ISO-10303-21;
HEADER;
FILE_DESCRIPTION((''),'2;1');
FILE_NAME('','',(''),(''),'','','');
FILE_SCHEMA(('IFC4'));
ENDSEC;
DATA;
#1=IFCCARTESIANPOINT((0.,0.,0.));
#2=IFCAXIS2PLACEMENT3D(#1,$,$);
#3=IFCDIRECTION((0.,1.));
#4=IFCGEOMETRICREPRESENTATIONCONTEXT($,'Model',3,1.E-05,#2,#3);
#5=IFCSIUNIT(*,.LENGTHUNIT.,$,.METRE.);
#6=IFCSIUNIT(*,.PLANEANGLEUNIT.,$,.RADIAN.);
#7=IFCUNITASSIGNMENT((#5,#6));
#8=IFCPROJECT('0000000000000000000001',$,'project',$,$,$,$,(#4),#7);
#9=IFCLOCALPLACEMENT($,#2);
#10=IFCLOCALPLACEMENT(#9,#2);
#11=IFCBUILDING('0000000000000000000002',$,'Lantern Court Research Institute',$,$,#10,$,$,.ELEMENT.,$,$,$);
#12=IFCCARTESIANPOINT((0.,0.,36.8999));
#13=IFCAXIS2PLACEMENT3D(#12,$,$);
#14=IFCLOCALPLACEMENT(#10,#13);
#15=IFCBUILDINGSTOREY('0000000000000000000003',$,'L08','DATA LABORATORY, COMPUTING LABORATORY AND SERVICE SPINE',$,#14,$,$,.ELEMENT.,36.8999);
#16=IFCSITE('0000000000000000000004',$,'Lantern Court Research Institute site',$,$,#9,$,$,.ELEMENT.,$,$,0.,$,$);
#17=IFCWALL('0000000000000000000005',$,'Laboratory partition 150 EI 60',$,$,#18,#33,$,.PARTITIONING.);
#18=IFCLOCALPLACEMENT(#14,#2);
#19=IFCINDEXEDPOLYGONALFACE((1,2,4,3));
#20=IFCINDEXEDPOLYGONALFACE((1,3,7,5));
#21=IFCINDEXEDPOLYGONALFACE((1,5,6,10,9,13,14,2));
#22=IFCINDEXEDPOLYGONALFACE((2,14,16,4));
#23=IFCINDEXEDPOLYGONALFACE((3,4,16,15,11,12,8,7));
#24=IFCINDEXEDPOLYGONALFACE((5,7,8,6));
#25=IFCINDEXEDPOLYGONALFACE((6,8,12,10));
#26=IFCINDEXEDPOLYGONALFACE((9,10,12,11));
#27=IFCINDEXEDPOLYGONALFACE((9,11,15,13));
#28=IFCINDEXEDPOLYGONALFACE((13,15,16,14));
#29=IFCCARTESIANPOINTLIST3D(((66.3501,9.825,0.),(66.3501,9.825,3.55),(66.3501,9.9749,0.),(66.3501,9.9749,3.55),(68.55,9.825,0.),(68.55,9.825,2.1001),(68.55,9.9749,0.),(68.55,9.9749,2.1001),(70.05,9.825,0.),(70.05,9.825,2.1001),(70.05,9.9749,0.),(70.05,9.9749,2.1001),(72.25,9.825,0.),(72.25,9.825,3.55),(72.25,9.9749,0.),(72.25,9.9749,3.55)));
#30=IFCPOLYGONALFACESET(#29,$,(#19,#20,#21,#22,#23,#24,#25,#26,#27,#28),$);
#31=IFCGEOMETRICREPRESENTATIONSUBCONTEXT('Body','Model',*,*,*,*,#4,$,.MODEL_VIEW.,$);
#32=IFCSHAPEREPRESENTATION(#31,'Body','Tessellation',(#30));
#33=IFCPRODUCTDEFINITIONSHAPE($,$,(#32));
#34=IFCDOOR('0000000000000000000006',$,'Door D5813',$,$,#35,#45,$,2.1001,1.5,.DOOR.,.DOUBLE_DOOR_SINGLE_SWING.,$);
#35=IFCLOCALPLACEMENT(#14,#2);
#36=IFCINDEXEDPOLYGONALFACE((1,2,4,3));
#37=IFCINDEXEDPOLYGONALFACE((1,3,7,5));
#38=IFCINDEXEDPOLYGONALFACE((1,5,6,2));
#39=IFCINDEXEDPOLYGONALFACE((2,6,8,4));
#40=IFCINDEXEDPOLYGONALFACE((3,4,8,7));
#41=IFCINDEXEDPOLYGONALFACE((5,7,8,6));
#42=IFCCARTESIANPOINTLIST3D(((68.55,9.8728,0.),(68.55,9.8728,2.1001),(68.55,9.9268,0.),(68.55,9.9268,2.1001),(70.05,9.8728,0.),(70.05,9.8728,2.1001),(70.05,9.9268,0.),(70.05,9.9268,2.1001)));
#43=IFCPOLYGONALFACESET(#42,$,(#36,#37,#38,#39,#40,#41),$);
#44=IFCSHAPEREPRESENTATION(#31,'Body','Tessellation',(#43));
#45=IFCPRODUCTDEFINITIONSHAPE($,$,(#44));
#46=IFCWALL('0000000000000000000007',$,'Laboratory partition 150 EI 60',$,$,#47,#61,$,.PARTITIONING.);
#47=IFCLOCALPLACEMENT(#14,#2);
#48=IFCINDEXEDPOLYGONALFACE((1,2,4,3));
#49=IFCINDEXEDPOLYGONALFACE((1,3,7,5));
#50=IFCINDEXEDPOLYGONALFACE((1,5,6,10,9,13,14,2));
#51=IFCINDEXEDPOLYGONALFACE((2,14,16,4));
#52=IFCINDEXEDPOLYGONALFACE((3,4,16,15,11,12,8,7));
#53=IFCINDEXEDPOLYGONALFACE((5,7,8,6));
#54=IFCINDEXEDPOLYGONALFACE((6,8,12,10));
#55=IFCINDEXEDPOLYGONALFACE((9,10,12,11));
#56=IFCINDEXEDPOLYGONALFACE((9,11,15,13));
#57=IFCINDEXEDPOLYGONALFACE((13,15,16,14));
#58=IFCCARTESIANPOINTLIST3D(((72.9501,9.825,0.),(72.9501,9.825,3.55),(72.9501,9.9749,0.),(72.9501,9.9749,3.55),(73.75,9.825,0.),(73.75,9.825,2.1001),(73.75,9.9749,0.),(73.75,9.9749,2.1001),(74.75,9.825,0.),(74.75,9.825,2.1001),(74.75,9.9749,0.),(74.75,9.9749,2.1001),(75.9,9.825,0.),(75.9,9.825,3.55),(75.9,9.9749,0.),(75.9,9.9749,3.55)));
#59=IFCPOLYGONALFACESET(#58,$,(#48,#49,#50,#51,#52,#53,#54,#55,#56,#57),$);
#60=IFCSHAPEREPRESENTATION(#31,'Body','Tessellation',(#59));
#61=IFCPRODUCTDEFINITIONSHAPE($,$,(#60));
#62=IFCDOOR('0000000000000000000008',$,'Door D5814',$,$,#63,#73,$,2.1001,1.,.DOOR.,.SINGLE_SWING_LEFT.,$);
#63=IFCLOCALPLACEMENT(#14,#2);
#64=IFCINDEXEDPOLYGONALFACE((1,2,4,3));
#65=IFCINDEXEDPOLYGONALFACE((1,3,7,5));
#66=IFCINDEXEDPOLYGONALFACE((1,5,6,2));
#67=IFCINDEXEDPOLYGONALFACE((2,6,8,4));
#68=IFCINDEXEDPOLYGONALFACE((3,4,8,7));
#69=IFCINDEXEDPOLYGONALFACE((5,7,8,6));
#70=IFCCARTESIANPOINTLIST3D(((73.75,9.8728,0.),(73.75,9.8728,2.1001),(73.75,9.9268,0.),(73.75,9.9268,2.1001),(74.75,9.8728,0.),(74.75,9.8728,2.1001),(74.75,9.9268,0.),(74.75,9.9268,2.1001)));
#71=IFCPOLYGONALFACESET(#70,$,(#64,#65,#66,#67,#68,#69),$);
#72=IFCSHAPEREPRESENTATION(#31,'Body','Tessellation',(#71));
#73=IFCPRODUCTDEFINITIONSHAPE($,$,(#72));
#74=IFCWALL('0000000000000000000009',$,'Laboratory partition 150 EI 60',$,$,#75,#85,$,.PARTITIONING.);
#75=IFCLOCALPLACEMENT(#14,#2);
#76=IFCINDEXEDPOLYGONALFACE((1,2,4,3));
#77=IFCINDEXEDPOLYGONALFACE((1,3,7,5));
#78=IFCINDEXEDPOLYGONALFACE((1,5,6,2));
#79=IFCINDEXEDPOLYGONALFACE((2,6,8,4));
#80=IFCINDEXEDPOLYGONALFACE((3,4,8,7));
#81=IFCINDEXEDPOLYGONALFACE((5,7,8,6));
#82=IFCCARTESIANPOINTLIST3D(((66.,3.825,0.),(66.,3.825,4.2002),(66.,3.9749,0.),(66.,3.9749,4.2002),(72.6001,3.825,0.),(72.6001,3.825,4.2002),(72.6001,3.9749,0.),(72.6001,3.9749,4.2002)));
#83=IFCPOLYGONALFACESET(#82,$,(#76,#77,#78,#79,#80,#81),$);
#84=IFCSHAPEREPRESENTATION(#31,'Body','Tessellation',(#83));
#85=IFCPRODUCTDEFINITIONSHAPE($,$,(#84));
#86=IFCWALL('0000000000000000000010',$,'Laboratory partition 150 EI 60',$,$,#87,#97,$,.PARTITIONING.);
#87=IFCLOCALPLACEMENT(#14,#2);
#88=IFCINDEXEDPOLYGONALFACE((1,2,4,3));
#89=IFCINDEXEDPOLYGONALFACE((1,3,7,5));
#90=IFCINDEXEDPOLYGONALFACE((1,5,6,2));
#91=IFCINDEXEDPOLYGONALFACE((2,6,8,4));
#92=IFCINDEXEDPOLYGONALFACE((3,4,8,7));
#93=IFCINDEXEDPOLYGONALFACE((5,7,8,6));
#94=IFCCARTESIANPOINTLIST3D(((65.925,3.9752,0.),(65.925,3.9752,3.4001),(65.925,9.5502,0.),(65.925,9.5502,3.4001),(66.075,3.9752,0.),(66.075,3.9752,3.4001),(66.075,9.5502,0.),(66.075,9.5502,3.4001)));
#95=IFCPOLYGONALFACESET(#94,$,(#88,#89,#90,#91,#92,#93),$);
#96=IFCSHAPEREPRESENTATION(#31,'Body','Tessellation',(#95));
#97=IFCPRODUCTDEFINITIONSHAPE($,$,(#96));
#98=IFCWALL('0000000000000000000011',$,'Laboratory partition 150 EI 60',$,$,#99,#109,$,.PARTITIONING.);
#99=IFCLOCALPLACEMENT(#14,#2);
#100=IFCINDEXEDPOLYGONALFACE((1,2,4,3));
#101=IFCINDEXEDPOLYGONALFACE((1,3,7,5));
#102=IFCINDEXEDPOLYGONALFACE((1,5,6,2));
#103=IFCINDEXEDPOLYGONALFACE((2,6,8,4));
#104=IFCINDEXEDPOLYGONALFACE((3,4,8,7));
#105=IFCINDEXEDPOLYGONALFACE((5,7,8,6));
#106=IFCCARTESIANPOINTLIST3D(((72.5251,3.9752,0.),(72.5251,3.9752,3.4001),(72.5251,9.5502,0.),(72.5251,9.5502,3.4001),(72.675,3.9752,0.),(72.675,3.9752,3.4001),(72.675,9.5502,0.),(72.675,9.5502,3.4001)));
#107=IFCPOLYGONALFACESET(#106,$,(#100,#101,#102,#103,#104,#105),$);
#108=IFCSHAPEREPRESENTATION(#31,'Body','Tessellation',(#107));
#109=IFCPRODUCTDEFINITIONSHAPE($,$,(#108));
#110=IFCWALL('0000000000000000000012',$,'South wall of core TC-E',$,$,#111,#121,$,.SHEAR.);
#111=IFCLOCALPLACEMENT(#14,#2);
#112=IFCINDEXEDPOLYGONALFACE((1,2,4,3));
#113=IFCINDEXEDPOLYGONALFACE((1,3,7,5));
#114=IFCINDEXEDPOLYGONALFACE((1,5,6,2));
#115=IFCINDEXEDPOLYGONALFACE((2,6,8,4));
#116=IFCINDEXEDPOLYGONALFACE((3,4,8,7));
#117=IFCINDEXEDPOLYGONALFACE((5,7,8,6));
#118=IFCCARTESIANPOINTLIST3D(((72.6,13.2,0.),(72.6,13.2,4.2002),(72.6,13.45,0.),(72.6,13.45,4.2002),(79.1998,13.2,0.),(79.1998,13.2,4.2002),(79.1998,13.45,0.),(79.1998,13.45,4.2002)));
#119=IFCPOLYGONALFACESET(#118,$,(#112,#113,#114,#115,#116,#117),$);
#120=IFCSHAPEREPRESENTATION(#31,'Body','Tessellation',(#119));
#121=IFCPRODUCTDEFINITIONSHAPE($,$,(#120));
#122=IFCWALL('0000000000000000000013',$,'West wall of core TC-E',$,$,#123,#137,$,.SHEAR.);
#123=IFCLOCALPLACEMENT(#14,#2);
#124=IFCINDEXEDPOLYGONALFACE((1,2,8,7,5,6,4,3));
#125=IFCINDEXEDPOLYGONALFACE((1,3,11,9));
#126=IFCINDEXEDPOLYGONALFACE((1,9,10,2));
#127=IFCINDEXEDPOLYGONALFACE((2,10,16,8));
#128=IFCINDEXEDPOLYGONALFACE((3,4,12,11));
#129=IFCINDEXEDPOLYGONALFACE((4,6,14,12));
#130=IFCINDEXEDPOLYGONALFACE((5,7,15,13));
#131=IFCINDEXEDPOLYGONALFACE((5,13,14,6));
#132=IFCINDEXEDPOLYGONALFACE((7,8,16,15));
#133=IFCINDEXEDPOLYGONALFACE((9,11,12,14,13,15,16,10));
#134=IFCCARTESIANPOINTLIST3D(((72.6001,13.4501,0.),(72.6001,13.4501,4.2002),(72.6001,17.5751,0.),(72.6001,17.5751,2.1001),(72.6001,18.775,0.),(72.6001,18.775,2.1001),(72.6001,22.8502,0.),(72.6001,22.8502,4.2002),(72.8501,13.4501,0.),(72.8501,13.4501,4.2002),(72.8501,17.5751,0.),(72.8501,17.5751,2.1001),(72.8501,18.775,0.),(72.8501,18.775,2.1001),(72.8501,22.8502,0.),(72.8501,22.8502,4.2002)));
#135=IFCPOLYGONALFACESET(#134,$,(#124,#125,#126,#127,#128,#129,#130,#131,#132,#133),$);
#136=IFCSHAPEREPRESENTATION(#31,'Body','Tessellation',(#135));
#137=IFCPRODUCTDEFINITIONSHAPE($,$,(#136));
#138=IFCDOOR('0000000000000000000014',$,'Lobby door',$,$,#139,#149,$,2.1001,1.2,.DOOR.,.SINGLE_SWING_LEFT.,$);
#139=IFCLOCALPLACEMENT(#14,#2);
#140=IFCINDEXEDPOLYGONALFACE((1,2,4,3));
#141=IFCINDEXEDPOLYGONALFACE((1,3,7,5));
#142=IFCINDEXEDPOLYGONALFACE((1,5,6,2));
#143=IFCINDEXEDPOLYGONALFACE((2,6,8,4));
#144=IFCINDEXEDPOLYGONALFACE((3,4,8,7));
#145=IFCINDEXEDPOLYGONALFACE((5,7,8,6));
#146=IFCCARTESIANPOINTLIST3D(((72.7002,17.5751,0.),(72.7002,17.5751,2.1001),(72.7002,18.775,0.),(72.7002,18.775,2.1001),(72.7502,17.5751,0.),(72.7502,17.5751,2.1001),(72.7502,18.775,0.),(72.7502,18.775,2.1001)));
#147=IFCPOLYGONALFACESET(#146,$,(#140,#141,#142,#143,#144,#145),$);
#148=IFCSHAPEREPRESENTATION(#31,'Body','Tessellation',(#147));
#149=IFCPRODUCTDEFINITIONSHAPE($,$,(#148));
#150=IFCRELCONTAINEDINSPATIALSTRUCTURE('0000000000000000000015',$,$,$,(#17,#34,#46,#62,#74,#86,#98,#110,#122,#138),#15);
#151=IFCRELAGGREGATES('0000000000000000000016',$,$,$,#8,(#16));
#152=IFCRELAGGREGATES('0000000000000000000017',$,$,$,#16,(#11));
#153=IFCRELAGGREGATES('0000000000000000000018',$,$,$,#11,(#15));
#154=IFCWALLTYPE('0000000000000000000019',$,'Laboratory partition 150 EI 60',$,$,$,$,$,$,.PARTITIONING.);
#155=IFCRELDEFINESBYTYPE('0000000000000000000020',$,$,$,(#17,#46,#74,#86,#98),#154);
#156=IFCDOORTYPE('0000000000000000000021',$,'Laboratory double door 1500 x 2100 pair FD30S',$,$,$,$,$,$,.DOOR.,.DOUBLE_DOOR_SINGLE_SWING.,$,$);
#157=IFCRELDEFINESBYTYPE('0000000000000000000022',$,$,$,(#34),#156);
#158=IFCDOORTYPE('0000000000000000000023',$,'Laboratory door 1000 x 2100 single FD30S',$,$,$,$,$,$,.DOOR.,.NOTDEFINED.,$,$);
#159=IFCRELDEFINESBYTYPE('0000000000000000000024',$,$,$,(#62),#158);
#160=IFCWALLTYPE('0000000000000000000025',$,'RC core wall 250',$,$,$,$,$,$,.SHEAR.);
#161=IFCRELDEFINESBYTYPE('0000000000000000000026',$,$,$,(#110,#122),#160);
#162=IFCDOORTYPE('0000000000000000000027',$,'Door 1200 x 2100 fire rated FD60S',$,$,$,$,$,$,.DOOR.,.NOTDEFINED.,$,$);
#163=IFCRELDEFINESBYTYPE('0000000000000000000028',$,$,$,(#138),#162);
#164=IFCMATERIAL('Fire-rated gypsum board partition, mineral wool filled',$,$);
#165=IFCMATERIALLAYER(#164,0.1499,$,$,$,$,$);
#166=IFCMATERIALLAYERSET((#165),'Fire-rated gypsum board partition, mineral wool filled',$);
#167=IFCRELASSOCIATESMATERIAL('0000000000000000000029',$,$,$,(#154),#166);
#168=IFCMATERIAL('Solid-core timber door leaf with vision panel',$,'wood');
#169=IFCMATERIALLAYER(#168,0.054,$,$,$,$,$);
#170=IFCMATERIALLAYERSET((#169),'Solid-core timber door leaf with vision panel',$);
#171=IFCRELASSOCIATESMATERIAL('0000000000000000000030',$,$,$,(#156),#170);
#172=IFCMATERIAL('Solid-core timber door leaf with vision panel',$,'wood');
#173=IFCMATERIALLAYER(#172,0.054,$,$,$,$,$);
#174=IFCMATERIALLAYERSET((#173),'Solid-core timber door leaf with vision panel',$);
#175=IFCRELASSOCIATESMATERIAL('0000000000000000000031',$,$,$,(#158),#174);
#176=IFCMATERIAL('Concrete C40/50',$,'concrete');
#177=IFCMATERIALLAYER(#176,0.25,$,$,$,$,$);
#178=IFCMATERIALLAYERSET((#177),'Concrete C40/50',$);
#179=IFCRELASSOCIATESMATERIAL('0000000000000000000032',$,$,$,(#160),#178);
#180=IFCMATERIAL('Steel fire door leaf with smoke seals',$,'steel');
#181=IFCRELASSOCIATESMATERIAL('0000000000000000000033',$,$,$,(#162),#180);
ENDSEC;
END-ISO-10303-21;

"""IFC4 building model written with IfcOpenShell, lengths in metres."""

from ifc_helpers import new_model, si_unit, direction, frame, frame_2d, origin, place, context, subcontext, project, spatial, rectangle, extrude, material, layer, layer_set, type_object, element, fill, save


model = new_model("IFC4")

# Units and contexts
model_context = context("Model", 3, precision=1e-05, world=origin(), true_north=direction((0.0, 1.0)))
body_context = subcontext(model_context, "Body", "Model", "MODEL_VIEW")
ifc_project = project(units=[si_unit("LENGTHUNIT", "METRE"), si_unit("PLANEANGLEUNIT", "RADIAN")], contexts=[model_context])

# Site, building, storey
site_placement = place(None, origin())
site = spatial("IfcSite", under=ifc_project, at=site_placement, Name="Lantern Court Research Institute site", CompositionType="ELEMENT", RefElevation=0.0)
building_placement = place(site_placement, origin())
building = spatial("IfcBuilding", under=site, at=building_placement, Name="Lantern Court Research Institute", CompositionType="ELEMENT")
storey_placement = place(building_placement, frame((0.0, 0.0, 36.8999)))
storey = spatial("IfcBuildingStorey", under=building, at=storey_placement, Name="L08", Description="DATA LABORATORY, COMPUTING LABORATORY AND SERVICE SPINE", CompositionType="ELEMENT", Elevation=36.8999)

# Shared definitions
ifc_material_1 = material(Name="Fire-rated gypsum board partition, mineral wool filled")
ifc_layer_1 = layer(ifc_material_1, 0.1499)
ifc_layer_set_1 = layer_set([ifc_layer_1], Name="Fire-rated gypsum board partition, mineral wool filled")
wall_type_1 = type_object("IfcWallType", Name="Laboratory partition 150 EI 60", PredefinedType="PARTITIONING", material=ifc_layer_set_1)

# Walls, openings, doors
wall_1_placement = place(storey_placement, frame((66.3501, 9.8999, 0.0), z_axis=(0.0, 0.0, 1.0), x_axis=(1.0, 0.0, 0.0)))
wall_1 = element("IfcWall", 1, at=wall_1_placement, inside=storey, type_object=wall_type_1, Name="Laboratory partition 150 EI 60", PredefinedType="PARTITIONING", context=body_context, shape_type="SweptSolid", body=[
    extrude(rectangle(XDim=5.8999, YDim=0.1499, at=frame_2d((2.95, 0.0))), origin(), (0.0, 0.0, 1.0), 3.55),
])
opening_1_placement = place(wall_1_placement, frame((2.2, 0.0, 0.0)))
opening_1 = element("IfcOpeningElement", 2, at=opening_1_placement, cuts=wall_1, PredefinedType="OPENING", context=body_context, shape_type="SweptSolid", body=[
    extrude(rectangle(XDim=1.5, YDim=2.1001, at=frame_2d((0.75, 1.05))), frame((0.0, 0.085, 0.0), z_axis=(0.0, -1.0, 0.0), x_axis=(1.0, 0.0, 0.0)), (0.0, 0.0, 1.0), 0.1699),
])
ifc_material_2 = material(Name="Solid-core timber door leaf with vision panel", Category="wood")
ifc_layer_2 = layer(ifc_material_2, 0.054)
ifc_layer_set_2 = layer_set([ifc_layer_2], Name="Solid-core timber door leaf with vision panel")
door_type_1 = type_object("IfcDoorType", Name="Laboratory double door 1500 x 2100 pair FD30S", OperationType="DOUBLE_DOOR_SINGLE_SWING", PredefinedType="DOOR", material=ifc_layer_set_2)
door_1_placement = place(opening_1_placement, origin())
door_1 = element("IfcDoor", 3, at=door_1_placement, inside=storey, type_object=door_type_1, Name="Door D5813", OperationType="DOUBLE_DOOR_SINGLE_SWING", OverallHeight=2.1001, OverallWidth=1.5, PredefinedType="DOOR", context=body_context, shape_type="SweptSolid", body=[
    extrude(rectangle(XDim=1.5, YDim=2.1001, at=frame_2d((0.75, 1.05))), frame((0.0, 0.0269, 0.0), z_axis=(0.0, -1.0, 0.0), x_axis=(1.0, 0.0, 0.0)), (0.0, 0.0, 1.0), 0.054),
])
fill(opening_1, door_1)
wall_2_placement = place(storey_placement, frame((72.95, 9.8999, 0.0), z_axis=(0.0, 0.0, 1.0), x_axis=(1.0, 0.0, 0.0)))
wall_2 = element("IfcWall", 4, at=wall_2_placement, inside=storey, type_object=wall_type_1, Name="Laboratory partition 150 EI 60", PredefinedType="PARTITIONING", context=body_context, shape_type="SweptSolid", body=[
    extrude(rectangle(XDim=2.95, YDim=0.1499, at=frame_2d((1.4751, 0.0))), origin(), (0.0, 0.0, 1.0), 3.55),
])
opening_2_placement = place(wall_2_placement, frame((0.8, 0.0, 0.0)))
opening_2 = element("IfcOpeningElement", 5, at=opening_2_placement, cuts=wall_2, PredefinedType="OPENING", context=body_context, shape_type="SweptSolid", body=[
    extrude(rectangle(XDim=1.0, YDim=2.1001, at=frame_2d((0.5, 1.05))), frame((0.0, 0.085, 0.0), z_axis=(0.0, -1.0, 0.0), x_axis=(1.0, 0.0, 0.0)), (0.0, 0.0, 1.0), 0.1699),
])
ifc_material_3 = material(Name="Solid-core timber door leaf with vision panel", Category="wood")
ifc_layer_3 = layer(ifc_material_3, 0.054)
ifc_layer_set_3 = layer_set([ifc_layer_3], Name="Solid-core timber door leaf with vision panel")
door_type_2 = type_object("IfcDoorType", Name="Laboratory door 1000 x 2100 single FD30S", OperationType="NOTDEFINED", PredefinedType="DOOR", material=ifc_layer_set_3)
door_2_placement = place(opening_2_placement, origin())
door_2 = element("IfcDoor", 6, at=door_2_placement, inside=storey, type_object=door_type_2, Name="Door D5814", OperationType="SINGLE_SWING_LEFT", OverallHeight=2.1001, OverallWidth=1.0, PredefinedType="DOOR", context=body_context, shape_type="SweptSolid", body=[
    extrude(rectangle(XDim=1.0, YDim=2.1001, at=frame_2d((0.5, 1.05))), frame((0.0, 0.0269, 0.0), z_axis=(0.0, -1.0, 0.0), x_axis=(1.0, 0.0, 0.0)), (0.0, 0.0, 1.0), 0.054),
])
fill(opening_2, door_2)

# Walls
wall_3_placement = place(storey_placement, frame((72.6001, 3.8999, 0.0), z_axis=(0.0, 0.0, 1.0), x_axis=(-1.0, 0.0, 0.0)))
element("IfcWall", 7, at=wall_3_placement, inside=storey, type_object=wall_type_1, Name="Laboratory partition 150 EI 60", PredefinedType="PARTITIONING", context=body_context, shape_type="SweptSolid", body=[
    extrude(rectangle(XDim=6.6001, YDim=0.1499, at=frame_2d((3.3, 0.0))), origin(), (0.0, 0.0, 1.0), 4.2002),
])
for number, where, z_axis, x_axis, name in (
    (8, (66.0, 3.9751, 0.0), (0.0, 0.0, 1.0), (0.0, 1.0, 0.0), "Laboratory partition 150 EI 60"),
    (9, (72.6001, 3.9751, 0.0), (0.0, 0.0, 1.0), (0.0, 1.0, 0.0), "Laboratory partition 150 EI 60"),
):
    element("IfcWall", number, at=place(storey_placement, frame(where, z_axis=z_axis, x_axis=x_axis)), inside=storey, type_object=wall_type_1, Name=name, PredefinedType="PARTITIONING", context=body_context, shape_type="SweptSolid", body=[
        extrude(rectangle(XDim=5.575, YDim=0.1499, at=frame_2d((2.7876, 0.0))), origin(), (0.0, 0.0, 1.0), 3.4001),
    ])
ifc_material_4 = material(Name="Concrete C40/50", Category="concrete")
ifc_layer_4 = layer(ifc_material_4, 0.25)
ifc_layer_set_4 = layer_set([ifc_layer_4], Name="Concrete C40/50")
wall_type_2 = type_object("IfcWallType", Name="RC core wall 250", PredefinedType="SHEAR", material=ifc_layer_set_4)
wall_4_placement = place(storey_placement, frame((72.6001, 13.325, 0.0), z_axis=(0.0, 0.0, 1.0), x_axis=(1.0, 0.0, 0.0)))
element("IfcWall", 10, at=wall_4_placement, inside=storey, type_object=wall_type_2, Name="South wall of core TC-E", PredefinedType="SHEAR", context=body_context, shape_type="SweptSolid", body=[
    extrude(rectangle(XDim=6.5999, YDim=0.25, at=frame_2d((3.2998, 0.0))), origin(), (0.0, 0.0, 1.0), 4.2002),
])

# Wall, opening, door
wall_5_placement = place(storey_placement, frame((72.7251, 13.45, 0.0), z_axis=(0.0, 0.0, 1.0), x_axis=(0.0, 1.0, 0.0)))
wall_5 = element("IfcWall", 11, at=wall_5_placement, inside=storey, type_object=wall_type_2, Name="West wall of core TC-E", PredefinedType="SHEAR", context=body_context, shape_type="SweptSolid", body=[
    extrude(rectangle(XDim=9.4001, YDim=0.25, at=frame_2d((4.7002, 0.0))), origin(), (0.0, 0.0, 1.0), 4.2002),
])
opening_3_placement = place(wall_5_placement, frame((4.125, 0.0, 0.0)))
opening_3 = element("IfcOpeningElement", 12, at=opening_3_placement, cuts=wall_5, PredefinedType="OPENING", context=body_context, shape_type="SweptSolid", body=[
    extrude(rectangle(XDim=1.2, YDim=2.1001, at=frame_2d((0.6001, 1.05))), frame((0.0, 0.135, 0.0), z_axis=(0.0, -1.0, 0.0), x_axis=(1.0, 0.0, 0.0)), (0.0, 0.0, 1.0), 0.27),
])
ifc_material_5 = material(Name="Steel fire door leaf with smoke seals", Category="steel")
door_type_3 = type_object("IfcDoorType", Name="Door 1200 x 2100 fire rated FD60S", OperationType="NOTDEFINED", PredefinedType="DOOR", material=ifc_material_5)
door_3_placement = place(opening_3_placement, origin())
door_3 = element("IfcDoor", 13, at=door_3_placement, inside=storey, type_object=door_type_3, Name="Lobby door", OperationType="SINGLE_SWING_LEFT", OverallHeight=2.1001, OverallWidth=1.2, PredefinedType="DOOR", context=body_context, shape_type="SweptSolid", body=[
    extrude(rectangle(XDim=1.2, YDim=2.1001, at=frame_2d((0.6001, 1.05))), frame((0.0, 0.0249, 0.0), z_axis=(0.0, -1.0, 0.0), x_axis=(1.0, 0.0, 0.0)), (0.0, 0.0, 1.0), 0.05),
])
fill(opening_3, door_3)

save(model, "model.ifc")
